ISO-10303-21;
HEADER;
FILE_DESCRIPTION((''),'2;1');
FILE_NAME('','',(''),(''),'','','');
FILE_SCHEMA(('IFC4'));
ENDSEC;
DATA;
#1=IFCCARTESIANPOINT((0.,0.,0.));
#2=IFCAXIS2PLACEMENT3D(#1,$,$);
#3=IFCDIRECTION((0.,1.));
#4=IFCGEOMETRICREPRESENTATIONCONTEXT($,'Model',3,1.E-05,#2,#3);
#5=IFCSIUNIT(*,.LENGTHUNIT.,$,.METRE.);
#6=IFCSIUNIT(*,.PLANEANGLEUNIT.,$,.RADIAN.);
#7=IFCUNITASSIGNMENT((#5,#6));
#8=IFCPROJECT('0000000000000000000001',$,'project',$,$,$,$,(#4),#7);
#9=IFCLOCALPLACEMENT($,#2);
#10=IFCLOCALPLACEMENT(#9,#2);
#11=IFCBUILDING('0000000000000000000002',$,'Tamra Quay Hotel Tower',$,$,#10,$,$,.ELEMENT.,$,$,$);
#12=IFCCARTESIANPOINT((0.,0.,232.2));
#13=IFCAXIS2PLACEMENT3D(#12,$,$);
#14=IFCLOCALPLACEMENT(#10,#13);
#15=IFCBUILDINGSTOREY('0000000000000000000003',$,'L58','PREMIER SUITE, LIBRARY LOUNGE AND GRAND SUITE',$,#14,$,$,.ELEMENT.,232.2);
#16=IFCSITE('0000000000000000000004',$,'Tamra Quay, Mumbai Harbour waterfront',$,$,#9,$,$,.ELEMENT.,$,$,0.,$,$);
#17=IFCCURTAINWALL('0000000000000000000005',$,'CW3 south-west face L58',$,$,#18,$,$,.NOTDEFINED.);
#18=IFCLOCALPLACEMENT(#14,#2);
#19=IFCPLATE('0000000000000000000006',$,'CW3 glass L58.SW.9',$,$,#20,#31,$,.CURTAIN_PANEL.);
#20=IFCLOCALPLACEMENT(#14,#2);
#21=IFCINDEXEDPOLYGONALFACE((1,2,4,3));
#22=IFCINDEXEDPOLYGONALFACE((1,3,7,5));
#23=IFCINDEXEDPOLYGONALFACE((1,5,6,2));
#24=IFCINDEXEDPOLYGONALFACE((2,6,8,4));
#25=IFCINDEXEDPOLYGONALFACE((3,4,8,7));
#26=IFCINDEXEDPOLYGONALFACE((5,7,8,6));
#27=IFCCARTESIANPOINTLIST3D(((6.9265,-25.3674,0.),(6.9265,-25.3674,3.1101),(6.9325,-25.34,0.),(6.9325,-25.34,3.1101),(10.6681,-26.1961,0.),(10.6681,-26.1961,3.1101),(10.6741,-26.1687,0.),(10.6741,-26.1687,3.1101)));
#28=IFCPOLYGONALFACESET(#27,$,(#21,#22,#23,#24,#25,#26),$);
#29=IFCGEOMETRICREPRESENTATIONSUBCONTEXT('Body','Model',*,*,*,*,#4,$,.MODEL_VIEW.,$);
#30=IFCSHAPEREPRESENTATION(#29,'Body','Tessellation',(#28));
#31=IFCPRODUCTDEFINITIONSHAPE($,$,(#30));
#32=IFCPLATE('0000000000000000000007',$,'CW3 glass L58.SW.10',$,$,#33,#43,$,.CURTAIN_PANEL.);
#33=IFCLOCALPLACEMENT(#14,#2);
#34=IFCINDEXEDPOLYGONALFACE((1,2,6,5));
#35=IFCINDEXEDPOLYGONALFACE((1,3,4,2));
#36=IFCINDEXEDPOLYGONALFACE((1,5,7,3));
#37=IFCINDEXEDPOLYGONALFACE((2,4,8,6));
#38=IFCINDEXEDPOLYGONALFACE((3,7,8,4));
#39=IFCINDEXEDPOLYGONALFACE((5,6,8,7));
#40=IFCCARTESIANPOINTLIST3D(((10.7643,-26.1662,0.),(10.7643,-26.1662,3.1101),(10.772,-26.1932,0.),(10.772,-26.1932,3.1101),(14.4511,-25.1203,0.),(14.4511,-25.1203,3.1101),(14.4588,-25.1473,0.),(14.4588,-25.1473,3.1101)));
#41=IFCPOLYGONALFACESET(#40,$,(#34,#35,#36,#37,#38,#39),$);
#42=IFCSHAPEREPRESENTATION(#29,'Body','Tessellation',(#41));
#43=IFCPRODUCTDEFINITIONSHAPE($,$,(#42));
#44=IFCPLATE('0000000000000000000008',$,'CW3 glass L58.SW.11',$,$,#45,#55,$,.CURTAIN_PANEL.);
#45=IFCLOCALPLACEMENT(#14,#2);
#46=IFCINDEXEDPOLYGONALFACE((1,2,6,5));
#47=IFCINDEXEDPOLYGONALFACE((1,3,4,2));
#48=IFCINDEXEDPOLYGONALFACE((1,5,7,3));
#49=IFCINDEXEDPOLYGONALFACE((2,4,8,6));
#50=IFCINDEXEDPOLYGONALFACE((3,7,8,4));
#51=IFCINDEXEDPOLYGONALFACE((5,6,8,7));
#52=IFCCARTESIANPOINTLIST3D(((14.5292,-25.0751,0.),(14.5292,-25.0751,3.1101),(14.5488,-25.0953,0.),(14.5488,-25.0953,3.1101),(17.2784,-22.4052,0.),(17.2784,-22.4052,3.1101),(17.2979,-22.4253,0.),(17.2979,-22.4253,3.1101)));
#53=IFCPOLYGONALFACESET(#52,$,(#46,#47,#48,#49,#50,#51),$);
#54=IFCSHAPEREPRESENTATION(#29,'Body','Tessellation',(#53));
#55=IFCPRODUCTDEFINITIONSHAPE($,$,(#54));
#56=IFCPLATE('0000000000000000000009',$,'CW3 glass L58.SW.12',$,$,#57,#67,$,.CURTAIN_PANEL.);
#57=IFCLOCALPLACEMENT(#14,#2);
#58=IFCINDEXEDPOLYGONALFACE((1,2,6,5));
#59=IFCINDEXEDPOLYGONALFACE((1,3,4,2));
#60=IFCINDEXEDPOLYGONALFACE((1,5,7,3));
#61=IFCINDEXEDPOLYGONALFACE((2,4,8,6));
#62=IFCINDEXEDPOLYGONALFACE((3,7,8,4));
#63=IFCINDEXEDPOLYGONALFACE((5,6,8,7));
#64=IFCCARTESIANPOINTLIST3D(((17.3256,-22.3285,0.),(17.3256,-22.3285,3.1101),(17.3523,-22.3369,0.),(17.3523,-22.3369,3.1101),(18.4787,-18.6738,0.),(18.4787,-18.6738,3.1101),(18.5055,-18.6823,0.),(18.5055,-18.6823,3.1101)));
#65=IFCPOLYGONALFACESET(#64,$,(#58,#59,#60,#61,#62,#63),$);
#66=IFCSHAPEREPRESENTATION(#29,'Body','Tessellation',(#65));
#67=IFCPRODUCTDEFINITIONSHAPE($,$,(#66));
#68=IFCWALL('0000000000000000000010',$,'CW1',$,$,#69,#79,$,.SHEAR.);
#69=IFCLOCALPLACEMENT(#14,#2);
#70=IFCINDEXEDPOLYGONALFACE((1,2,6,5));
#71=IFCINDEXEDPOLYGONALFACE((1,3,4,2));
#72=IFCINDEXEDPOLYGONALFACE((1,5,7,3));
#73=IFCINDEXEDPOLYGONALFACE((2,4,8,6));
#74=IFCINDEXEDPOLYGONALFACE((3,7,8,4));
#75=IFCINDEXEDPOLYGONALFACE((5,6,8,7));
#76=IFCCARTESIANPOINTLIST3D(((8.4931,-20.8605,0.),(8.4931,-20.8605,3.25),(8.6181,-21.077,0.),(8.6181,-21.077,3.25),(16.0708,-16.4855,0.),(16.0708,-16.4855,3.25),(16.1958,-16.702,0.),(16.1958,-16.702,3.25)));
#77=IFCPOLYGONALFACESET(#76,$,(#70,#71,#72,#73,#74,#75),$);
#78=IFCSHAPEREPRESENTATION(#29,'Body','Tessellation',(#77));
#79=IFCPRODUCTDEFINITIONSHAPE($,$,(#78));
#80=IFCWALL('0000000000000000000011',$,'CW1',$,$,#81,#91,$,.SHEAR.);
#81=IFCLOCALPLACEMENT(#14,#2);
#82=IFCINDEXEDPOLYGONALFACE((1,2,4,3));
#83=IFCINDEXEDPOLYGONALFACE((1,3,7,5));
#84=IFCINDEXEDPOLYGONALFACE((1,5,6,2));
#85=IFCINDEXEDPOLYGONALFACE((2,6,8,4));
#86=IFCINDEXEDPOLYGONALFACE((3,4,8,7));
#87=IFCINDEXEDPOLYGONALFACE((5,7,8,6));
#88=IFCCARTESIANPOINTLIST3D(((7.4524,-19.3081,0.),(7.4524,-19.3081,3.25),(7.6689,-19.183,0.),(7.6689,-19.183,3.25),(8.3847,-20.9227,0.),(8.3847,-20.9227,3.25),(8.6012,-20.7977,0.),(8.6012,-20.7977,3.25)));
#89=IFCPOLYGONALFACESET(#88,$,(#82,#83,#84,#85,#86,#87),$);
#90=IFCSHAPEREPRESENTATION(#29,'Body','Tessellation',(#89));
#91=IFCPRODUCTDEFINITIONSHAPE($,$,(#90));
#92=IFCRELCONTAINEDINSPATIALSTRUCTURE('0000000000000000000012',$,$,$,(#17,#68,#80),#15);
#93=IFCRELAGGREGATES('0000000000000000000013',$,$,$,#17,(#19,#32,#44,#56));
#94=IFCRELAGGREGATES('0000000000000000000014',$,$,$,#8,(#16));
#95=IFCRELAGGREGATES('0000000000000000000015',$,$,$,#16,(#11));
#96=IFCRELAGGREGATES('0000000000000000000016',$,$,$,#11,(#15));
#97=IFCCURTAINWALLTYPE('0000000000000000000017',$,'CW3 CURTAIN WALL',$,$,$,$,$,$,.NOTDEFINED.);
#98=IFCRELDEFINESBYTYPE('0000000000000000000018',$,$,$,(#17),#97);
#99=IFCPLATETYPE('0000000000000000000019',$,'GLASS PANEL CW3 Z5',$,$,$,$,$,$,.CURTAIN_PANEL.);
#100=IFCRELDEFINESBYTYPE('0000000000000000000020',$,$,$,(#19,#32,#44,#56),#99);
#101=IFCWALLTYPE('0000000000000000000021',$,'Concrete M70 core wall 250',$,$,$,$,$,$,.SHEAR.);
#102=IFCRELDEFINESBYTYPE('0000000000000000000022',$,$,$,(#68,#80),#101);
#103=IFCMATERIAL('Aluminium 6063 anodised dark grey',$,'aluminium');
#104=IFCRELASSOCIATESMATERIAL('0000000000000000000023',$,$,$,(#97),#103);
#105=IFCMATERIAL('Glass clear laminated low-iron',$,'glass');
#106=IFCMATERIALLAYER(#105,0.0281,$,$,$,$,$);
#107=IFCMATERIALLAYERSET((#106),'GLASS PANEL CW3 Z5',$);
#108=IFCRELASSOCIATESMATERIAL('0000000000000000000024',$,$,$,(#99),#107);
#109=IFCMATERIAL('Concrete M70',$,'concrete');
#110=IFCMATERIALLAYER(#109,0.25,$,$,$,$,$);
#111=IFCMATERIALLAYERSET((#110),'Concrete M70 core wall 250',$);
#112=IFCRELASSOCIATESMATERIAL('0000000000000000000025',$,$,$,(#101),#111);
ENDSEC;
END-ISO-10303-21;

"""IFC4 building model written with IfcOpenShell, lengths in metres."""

from ifc_helpers import new_model, si_unit, direction, frame, frame_2d, origin, origin_2d, place, context, subcontext, project, spatial, rectangle, extrude, material, layer, layer_set, type_object, element, aggregate, save


model = new_model("IFC4")

# Units and contexts
model_context = context("Model", 3, precision=1e-05, world=origin(), true_north=direction((0.0, 1.0)))
body_context = subcontext(model_context, "Body", "Model", "MODEL_VIEW")
ifc_project = project(units=[si_unit("LENGTHUNIT", "METRE"), si_unit("PLANEANGLEUNIT", "RADIAN")], contexts=[model_context])

# Site, building, storey
site_placement = place(None, origin())
site = spatial("IfcSite", under=ifc_project, at=site_placement, Name="Tamra Quay, Mumbai Harbour waterfront", CompositionType="ELEMENT", RefElevation=0.0)
building_placement = place(site_placement, origin())
building = spatial("IfcBuilding", under=site, at=building_placement, Name="Tamra Quay Hotel Tower", CompositionType="ELEMENT")
storey_placement = place(building_placement, frame((0.0, 0.0, 232.2)))
storey = spatial("IfcBuildingStorey", under=building, at=storey_placement, Name="L58", Description="PREMIER SUITE, LIBRARY LOUNGE AND GRAND SUITE", CompositionType="ELEMENT", Elevation=232.2)

# Shared definitions
ifc_material_1 = material(Name="Concrete M70", Category="concrete")

# Shared definitions
ifc_material_2 = material(Name="Aluminium 6063 anodised dark grey", Category="aluminium")

# Curtain wall
curtain_wall_type_1 = type_object("IfcCurtainWallType", Name="CW3 CURTAIN WALL", PredefinedType="NOTDEFINED", material=ifc_material_2)
curtain_wall_1_placement = place(storey_placement, origin())
curtain_wall_1 = element("IfcCurtainWall", 1, at=curtain_wall_1_placement, inside=storey, type_object=curtain_wall_type_1, Name="CW3 south-west face L58", PredefinedType="NOTDEFINED")

# Plates
ifc_material_3 = material(Name="Glass clear laminated low-iron", Category="glass")
ifc_layer_1 = layer(ifc_material_3, 0.0281)
ifc_layer_set_1 = layer_set([ifc_layer_1], Name="GLASS PANEL CW3 Z5")
plate_type_1 = type_object("IfcPlateType", Name="GLASS PANEL CW3 Z5", PredefinedType="CURTAIN_PANEL", material=ifc_layer_set_1)
plate_1_placement = place(storey_placement, frame((8.8003, -25.7681, 0.0), z_axis=(0.0, 0.0, 1.0), x_axis=(0.976341, -0.216238, 0.0)))
plate_1 = element("IfcPlate", 2, at=plate_1_placement, type_object=plate_type_1, Name="CW3 glass L58.SW.9", PredefinedType="CURTAIN_PANEL", context=body_context, shape_type="SweptSolid", body=[
    extrude(rectangle(XDim=3.8323, YDim=0.0281, at=origin_2d()), origin(), (0.0, 0.0, 1.0), 3.1101),
])
plate_2_placement = place(storey_placement, frame((12.6116, -25.6567, 0.0), z_axis=(0.0, 0.0, 1.0), x_axis=(0.962041, 0.272906, 0.0)))
plate_2 = element("IfcPlate", 3, at=plate_2_placement, type_object=plate_type_1, Name="CW3 glass L58.SW.10", PredefinedType="CURTAIN_PANEL", context=body_context, shape_type="SweptSolid", body=[
    extrude(rectangle(XDim=3.8323, YDim=0.0281, at=origin_2d()), origin(), (0.0, 0.0, 1.0), 3.1101),
])
plate_3_placement = place(storey_placement, frame((15.9136, -23.7502, 0.0), z_axis=(0.0, 0.0, 1.0), x_axis=(0.717364, 0.696698, 0.0)))
plate_3 = element("IfcPlate", 4, at=plate_3_placement, type_object=plate_type_1, Name="CW3 glass L58.SW.11", PredefinedType="CURTAIN_PANEL", context=body_context, shape_type="SweptSolid", body=[
    extrude(rectangle(XDim=3.8323, YDim=0.0281, at=origin_2d()), origin(), (0.0, 0.0, 1.0), 3.1101),
])
plate_4_placement = place(storey_placement, frame((17.9155, -20.5054, 0.0), z_axis=(0.0, 0.0, 1.0), x_axis=(0.300903, 0.953655, 0.0)))
plate_4 = element("IfcPlate", 5, at=plate_4_placement, type_object=plate_type_1, Name="CW3 glass L58.SW.12", PredefinedType="CURTAIN_PANEL", context=body_context, shape_type="SweptSolid", body=[
    extrude(rectangle(XDim=3.8323, YDim=0.0281, at=origin_2d()), origin(), (0.0, 0.0, 1.0), 3.1101),
])
aggregate(curtain_wall_1, [plate_1, plate_2, plate_3, plate_4])

# Walls
ifc_layer_2 = layer(ifc_material_1, 0.25)
ifc_layer_set_2 = layer_set([ifc_layer_2], Name="Concrete M70 core wall 250")
wall_type = type_object("IfcWallType", Name="Concrete M70 core wall 250", PredefinedType="SHEAR", material=ifc_layer_set_2)
wall_1_placement = place(storey_placement, frame((16.1333, -16.5938, 0.0), z_axis=(0.0, 0.0, 1.0), x_axis=(-0.866023, -0.500004, 0.0)))
element("IfcWall", 6, at=wall_1_placement, inside=storey, type_object=wall_type, Name="CW1", PredefinedType="SHEAR", context=body_context, shape_type="SweptSolid", body=[
    extrude(rectangle(XDim=8.75, YDim=0.25, at=frame_2d((4.375, 0.0))), origin(), (0.0, 0.0, 1.0), 3.25),
])
wall_2_placement = place(storey_placement, frame((8.4929, -20.8601, 0.0), z_axis=(0.0, 0.0, 1.0), x_axis=(-0.50004, 0.866002, 0.0)))
element("IfcWall", 7, at=wall_2_placement, inside=storey, type_object=wall_type, Name="CW1", PredefinedType="SHEAR", context=body_context, shape_type="SweptSolid", body=[
    extrude(rectangle(XDim=1.8645, YDim=0.25, at=frame_2d((0.9321, 0.0))), origin(), (0.0, 0.0, 1.0), 3.25),
])

save(model, "model.ifc")
